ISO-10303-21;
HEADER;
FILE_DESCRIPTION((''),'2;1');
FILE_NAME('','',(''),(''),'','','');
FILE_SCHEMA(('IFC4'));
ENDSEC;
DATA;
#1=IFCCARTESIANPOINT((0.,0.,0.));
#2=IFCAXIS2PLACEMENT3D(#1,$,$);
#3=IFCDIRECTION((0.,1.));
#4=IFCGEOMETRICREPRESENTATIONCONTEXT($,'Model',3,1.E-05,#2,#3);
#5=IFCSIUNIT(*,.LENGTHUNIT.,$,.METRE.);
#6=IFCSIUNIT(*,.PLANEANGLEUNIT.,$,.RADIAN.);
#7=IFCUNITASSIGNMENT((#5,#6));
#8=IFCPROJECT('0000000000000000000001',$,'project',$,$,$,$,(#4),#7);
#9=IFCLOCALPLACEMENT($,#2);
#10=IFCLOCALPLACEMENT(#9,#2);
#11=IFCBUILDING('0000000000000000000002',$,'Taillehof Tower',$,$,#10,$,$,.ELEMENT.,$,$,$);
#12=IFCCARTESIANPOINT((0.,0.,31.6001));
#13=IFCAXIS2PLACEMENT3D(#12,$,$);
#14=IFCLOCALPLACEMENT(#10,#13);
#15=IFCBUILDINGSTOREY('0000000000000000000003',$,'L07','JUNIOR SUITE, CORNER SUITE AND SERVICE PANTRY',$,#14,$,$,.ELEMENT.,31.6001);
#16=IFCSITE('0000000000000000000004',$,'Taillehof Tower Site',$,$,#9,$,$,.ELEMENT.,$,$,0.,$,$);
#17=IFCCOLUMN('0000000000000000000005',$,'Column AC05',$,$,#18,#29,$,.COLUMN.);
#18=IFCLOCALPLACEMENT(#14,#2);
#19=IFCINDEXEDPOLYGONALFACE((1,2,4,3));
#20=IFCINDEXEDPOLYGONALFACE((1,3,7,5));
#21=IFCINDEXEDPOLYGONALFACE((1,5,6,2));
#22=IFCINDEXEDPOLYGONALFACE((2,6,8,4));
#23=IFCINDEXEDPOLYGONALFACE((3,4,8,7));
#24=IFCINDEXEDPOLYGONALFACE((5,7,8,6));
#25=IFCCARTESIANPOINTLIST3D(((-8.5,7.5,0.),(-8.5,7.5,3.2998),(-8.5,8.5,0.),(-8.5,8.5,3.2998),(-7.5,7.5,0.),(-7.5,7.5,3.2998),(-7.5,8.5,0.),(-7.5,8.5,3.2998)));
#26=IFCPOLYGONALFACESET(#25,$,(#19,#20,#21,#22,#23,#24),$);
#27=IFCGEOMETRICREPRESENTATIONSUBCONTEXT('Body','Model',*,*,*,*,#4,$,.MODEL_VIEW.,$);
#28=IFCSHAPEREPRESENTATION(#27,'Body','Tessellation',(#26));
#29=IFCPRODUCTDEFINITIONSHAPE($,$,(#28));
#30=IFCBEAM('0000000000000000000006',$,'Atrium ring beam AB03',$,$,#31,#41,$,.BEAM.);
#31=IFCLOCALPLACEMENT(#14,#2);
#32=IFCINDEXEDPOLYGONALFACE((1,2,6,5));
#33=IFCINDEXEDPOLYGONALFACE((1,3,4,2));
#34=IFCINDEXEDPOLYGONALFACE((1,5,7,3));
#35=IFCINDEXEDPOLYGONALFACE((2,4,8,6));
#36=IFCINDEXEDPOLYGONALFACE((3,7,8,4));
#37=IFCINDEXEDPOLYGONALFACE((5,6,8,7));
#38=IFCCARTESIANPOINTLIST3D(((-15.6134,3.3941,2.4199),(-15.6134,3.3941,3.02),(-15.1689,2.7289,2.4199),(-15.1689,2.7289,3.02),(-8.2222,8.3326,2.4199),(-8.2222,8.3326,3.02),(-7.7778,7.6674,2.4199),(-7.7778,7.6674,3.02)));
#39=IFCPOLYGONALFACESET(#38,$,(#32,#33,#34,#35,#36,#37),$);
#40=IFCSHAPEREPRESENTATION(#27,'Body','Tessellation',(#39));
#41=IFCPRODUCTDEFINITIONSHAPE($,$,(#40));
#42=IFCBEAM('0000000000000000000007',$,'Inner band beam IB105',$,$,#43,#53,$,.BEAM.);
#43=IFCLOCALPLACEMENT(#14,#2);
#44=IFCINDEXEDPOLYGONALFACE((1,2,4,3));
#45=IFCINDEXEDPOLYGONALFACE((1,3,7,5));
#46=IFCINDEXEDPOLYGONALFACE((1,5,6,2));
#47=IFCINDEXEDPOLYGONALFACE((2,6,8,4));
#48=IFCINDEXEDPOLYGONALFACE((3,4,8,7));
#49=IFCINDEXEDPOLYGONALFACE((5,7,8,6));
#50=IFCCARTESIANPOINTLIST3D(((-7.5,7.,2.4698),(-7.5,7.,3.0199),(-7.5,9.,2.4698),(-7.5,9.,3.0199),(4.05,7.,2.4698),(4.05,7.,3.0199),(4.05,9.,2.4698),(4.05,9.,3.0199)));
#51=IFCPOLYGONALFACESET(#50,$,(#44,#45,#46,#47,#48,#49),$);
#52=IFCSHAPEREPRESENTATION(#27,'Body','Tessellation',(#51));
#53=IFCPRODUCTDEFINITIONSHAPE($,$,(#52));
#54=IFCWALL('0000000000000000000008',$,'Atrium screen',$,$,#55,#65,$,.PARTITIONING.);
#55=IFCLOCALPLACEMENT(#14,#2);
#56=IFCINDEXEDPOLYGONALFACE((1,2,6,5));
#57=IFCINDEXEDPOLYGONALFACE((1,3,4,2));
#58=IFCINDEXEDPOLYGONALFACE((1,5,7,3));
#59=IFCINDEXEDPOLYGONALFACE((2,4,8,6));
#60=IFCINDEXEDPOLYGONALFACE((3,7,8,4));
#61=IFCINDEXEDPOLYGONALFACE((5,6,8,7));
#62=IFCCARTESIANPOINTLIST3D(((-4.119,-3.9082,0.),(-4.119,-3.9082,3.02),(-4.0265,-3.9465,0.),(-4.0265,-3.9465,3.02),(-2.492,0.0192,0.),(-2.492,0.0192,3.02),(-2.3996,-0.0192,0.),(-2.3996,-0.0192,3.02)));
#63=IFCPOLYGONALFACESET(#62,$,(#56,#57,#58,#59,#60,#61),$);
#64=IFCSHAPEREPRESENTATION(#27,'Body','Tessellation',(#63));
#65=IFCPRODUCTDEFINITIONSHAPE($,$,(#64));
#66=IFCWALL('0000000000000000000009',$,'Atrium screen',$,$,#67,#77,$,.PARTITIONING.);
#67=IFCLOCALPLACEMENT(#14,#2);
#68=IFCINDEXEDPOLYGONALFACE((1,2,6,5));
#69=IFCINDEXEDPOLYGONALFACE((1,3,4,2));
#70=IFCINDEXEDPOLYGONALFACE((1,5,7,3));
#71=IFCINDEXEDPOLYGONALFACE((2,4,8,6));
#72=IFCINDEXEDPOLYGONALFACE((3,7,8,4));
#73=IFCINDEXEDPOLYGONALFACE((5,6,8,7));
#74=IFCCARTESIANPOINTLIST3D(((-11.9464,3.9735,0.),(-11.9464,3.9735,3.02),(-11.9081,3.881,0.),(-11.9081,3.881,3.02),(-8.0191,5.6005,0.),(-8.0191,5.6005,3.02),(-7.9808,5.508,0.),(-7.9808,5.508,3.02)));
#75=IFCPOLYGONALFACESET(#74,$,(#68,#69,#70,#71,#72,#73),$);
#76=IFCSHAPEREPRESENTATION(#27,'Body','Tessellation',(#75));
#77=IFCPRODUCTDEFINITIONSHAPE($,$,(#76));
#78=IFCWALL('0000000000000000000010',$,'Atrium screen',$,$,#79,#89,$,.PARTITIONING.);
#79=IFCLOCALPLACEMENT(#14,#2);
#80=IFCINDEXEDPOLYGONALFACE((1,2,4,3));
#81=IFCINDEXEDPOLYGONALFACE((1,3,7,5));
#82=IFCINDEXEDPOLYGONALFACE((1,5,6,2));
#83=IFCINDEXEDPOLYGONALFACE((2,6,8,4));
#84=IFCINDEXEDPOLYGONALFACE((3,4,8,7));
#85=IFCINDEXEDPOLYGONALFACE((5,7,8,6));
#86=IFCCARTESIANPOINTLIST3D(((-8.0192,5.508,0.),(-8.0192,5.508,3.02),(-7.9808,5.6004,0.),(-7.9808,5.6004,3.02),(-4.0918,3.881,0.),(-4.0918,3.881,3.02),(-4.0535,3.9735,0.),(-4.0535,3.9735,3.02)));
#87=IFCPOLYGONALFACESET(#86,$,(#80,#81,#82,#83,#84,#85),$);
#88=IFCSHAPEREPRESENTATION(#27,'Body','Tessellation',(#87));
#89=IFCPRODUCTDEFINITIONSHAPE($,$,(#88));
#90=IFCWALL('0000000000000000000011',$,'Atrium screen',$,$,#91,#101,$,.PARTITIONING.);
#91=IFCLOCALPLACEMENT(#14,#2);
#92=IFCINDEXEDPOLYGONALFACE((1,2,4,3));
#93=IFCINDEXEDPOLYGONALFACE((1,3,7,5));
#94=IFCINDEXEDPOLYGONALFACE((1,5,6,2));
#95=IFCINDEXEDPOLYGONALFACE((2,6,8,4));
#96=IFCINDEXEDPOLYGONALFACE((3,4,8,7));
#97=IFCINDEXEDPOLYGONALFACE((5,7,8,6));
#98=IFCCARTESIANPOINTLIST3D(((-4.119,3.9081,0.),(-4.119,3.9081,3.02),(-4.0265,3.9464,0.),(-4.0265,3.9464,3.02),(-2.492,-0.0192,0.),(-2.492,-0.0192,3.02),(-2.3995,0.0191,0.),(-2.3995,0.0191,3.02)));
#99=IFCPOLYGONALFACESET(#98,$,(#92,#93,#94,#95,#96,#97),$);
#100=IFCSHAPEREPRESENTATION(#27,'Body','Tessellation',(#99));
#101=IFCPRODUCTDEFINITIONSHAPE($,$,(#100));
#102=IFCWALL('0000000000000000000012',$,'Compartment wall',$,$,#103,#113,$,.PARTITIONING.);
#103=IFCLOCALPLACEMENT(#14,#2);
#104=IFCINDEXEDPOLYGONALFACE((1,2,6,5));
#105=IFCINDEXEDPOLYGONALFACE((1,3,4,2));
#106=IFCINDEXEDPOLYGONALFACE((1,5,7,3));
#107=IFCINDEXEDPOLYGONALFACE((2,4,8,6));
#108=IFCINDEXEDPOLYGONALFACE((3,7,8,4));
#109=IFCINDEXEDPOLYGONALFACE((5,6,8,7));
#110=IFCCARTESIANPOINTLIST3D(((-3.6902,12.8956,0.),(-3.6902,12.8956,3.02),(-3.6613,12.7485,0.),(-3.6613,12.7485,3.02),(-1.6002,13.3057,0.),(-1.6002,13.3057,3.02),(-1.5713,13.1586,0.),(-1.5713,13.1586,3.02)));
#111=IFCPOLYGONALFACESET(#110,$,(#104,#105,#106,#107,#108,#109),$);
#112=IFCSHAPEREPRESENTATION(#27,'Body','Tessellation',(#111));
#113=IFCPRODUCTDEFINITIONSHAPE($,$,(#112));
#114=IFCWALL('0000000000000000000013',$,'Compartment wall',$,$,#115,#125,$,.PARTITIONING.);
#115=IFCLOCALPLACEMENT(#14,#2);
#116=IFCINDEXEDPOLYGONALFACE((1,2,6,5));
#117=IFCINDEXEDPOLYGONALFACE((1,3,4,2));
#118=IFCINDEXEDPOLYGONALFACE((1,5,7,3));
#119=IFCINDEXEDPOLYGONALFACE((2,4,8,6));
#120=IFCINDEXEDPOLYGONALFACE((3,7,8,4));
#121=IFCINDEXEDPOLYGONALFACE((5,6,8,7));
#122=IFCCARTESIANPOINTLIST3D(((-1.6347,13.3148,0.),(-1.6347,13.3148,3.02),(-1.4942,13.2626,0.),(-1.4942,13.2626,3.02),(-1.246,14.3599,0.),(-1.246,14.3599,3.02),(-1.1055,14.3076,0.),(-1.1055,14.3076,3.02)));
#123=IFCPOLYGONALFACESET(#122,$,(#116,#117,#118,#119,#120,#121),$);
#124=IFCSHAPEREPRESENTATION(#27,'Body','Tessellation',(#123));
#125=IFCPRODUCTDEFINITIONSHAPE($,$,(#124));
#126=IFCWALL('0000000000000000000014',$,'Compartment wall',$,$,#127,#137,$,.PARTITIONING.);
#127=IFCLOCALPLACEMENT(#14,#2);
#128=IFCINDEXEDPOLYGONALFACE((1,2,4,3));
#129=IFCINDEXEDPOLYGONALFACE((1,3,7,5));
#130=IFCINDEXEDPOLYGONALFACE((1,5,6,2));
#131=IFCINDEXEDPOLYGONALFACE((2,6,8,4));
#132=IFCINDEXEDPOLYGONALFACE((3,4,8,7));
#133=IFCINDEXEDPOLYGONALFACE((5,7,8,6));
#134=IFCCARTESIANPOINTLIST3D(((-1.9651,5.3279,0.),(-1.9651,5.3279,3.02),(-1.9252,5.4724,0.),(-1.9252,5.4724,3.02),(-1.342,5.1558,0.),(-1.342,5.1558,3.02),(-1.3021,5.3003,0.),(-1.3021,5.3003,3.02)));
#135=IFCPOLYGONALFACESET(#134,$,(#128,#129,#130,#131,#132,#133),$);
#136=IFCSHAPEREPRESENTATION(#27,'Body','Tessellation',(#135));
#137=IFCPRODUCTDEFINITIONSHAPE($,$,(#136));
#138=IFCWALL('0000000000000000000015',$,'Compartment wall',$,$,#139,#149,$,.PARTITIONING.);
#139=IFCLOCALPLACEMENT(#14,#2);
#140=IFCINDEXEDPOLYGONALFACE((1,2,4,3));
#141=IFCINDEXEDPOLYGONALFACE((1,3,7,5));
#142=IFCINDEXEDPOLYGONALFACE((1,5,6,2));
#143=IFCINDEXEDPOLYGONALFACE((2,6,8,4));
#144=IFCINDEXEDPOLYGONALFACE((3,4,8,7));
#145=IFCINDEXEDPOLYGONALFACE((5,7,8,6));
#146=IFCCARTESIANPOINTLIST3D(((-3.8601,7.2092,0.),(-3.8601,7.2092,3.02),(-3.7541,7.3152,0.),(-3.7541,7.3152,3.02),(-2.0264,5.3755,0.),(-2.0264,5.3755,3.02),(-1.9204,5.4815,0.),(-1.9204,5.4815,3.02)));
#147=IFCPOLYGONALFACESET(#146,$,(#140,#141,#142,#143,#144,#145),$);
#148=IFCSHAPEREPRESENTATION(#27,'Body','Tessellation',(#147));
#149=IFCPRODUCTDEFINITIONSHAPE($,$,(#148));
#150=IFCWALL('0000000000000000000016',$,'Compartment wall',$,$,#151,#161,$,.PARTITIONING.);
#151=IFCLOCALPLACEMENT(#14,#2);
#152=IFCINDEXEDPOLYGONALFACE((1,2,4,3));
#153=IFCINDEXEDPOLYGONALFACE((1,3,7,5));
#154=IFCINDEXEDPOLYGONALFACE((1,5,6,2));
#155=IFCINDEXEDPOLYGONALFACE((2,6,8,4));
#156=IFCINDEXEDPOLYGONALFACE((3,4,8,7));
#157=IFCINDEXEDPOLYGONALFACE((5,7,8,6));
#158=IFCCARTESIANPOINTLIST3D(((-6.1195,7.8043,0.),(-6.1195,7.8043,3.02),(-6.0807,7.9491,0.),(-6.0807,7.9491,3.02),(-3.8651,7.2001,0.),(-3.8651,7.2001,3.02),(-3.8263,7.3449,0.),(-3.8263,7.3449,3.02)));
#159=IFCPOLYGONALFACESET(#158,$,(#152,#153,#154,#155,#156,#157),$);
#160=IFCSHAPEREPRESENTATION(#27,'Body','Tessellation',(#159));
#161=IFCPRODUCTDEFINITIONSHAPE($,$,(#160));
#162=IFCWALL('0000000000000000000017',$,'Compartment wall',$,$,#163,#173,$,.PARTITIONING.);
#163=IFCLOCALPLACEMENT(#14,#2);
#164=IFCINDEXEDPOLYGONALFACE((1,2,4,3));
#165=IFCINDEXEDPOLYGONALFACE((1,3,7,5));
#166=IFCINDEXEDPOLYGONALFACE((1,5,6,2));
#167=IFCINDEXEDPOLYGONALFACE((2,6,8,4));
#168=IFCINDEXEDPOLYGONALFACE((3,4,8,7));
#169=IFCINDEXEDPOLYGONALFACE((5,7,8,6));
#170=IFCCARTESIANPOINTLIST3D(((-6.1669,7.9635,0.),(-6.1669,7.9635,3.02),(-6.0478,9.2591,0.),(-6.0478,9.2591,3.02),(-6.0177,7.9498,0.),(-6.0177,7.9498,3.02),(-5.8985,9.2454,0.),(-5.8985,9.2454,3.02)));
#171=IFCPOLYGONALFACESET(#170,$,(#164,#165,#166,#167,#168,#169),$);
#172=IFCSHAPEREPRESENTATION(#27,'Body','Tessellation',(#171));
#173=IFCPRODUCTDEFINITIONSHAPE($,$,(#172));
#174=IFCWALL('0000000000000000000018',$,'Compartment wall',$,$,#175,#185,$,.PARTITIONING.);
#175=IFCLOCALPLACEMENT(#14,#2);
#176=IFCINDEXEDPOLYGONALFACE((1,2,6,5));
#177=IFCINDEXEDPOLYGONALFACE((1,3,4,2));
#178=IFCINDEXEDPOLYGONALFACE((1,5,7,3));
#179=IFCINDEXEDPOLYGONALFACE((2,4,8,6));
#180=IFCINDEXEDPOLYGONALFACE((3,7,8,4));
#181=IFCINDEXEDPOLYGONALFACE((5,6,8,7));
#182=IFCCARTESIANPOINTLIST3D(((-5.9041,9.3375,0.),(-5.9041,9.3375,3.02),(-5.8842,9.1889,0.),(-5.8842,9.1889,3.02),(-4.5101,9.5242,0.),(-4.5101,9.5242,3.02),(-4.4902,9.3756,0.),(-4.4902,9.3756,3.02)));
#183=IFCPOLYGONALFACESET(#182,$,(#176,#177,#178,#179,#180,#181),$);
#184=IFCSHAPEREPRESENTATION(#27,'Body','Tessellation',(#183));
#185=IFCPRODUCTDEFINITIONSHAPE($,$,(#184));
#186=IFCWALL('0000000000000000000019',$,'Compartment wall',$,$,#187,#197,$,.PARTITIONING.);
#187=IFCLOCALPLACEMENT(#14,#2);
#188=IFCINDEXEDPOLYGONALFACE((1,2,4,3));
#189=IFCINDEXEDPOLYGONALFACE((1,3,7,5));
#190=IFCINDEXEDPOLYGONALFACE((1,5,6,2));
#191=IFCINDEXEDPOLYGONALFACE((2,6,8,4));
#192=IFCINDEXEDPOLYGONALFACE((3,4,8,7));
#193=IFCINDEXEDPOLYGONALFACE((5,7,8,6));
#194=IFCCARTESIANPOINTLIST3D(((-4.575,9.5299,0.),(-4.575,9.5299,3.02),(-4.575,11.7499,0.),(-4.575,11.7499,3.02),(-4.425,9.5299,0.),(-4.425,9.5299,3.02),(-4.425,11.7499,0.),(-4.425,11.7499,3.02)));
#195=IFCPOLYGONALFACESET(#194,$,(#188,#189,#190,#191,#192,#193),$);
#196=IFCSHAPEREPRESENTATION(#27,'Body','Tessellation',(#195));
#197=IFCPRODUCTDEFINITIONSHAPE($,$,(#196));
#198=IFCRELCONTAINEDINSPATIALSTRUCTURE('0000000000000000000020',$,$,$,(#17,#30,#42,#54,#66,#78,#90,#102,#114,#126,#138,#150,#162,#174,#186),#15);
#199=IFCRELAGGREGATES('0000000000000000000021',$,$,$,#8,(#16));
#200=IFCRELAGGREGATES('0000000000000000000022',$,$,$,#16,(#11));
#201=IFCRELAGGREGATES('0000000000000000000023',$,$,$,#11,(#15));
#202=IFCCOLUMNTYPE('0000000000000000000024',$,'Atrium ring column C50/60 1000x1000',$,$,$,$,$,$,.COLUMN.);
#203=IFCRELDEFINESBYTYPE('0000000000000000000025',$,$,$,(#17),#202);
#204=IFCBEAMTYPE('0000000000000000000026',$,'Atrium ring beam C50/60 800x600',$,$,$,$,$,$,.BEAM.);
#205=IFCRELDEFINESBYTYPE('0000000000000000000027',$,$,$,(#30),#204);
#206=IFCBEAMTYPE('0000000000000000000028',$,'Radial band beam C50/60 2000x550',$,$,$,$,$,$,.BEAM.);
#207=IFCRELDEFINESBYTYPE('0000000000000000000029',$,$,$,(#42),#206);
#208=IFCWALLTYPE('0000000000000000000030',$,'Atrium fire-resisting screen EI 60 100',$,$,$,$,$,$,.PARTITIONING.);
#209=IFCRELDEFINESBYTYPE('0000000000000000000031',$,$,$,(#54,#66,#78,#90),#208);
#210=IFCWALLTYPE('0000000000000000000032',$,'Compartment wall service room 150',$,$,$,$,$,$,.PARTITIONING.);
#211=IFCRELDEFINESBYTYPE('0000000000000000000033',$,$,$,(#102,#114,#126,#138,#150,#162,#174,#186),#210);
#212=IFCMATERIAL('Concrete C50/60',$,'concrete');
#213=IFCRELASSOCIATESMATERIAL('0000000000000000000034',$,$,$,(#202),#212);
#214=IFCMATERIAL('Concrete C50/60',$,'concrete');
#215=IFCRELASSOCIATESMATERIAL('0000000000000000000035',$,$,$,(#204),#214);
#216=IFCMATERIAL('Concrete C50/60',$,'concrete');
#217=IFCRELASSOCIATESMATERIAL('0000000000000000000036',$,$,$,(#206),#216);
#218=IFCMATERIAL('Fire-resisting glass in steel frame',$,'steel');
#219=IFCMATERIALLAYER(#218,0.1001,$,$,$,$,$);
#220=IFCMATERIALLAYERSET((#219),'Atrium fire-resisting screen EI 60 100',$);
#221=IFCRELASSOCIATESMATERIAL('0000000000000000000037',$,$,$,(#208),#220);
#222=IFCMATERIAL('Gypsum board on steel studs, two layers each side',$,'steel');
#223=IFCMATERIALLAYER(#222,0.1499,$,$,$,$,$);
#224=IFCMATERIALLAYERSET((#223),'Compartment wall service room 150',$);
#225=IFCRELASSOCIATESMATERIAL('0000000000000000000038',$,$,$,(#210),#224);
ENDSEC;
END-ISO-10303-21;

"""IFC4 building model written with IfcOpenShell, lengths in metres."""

from ifc_helpers import new_model, si_unit, direction, frame, frame_2d, origin, origin_2d, place, context, subcontext, project, spatial, rectangle, extrude, material, layer, layer_set, material_profile, profile_set, type_object, element, save


model = new_model("IFC4")

# Units and contexts
model_context = context("Model", 3, precision=1e-05, world=origin(), true_north=direction((0.0, 1.0)))
body_context = subcontext(model_context, "Body", "Model", "MODEL_VIEW")
ifc_project = project(units=[si_unit("LENGTHUNIT", "METRE"), si_unit("PLANEANGLEUNIT", "RADIAN")], contexts=[model_context])

# Site, building, storey
site_placement = place(None, origin())
site = spatial("IfcSite", under=ifc_project, at=site_placement, Name="Taillehof Tower Site", CompositionType="ELEMENT", RefElevation=0.0)
building_placement = place(site_placement, origin())
building = spatial("IfcBuilding", under=site, at=building_placement, Name="Taillehof Tower", CompositionType="ELEMENT")
storey_placement = place(building_placement, frame((0.0, 0.0, 31.6001)))
storey = spatial("IfcBuildingStorey", under=building, at=storey_placement, Name="L07", Description="JUNIOR SUITE, CORNER SUITE AND SERVICE PANTRY", CompositionType="ELEMENT", Elevation=31.6001)

# Column
ifc_material_1 = material(Name="Concrete C50/60", Category="concrete")
ifc_material_profile_1 = material_profile(ifc_material_1, rectangle(XDim=1.0, YDim=1.0, at=origin_2d()), Name="RC 1000x1000")
ifc_profile_set_1 = profile_set([ifc_material_profile_1], Name="Concrete C50/60")
column_type = type_object("IfcColumnType", Name="Atrium ring column C50/60 1000x1000", PredefinedType="COLUMN", material=ifc_profile_set_1)
column_placement = place(storey_placement, frame((-8.0, 8.0, 0.0), z_axis=(0.0, 0.0, 1.0), x_axis=(1.0, 0.0, 0.0)))
element("IfcColumn", 1, at=column_placement, inside=storey, type_object=column_type, Name="Column AC05", PredefinedType="COLUMN", context=body_context, shape_type="SweptSolid", body=[
    extrude(rectangle(XDim=1.0, YDim=1.0, at=origin_2d()), origin(), (0.0, 0.0, 1.0), 3.2998),
])

# Beams
ifc_material_2 = material(Name="Concrete C50/60", Category="concrete")
ifc_material_profile_2 = material_profile(ifc_material_2, rectangle(XDim=0.8, YDim=0.6001, at=origin_2d()), Name="RC 800x600")
ifc_profile_set_2 = profile_set([ifc_material_profile_2], Name="Concrete C50/60")
beam_type_1 = type_object("IfcBeamType", Name="Atrium ring beam C50/60 800x600", PredefinedType="BEAM", material=ifc_profile_set_2)
beam_1_placement = place(storey_placement, frame((-8.0, 8.0, 2.72), z_axis=(-0.831475, -0.555562, 0.0), x_axis=(0.555562, -0.831475, 0.0)))
element("IfcBeam", 2, at=beam_1_placement, inside=storey, type_object=beam_type_1, Name="Atrium ring beam AB03", PredefinedType="BEAM", context=body_context, shape_type="SweptSolid", body=[
    extrude(rectangle(XDim=0.8, YDim=0.6001, at=origin_2d()), origin(), (0.0, 0.0, 1.0), 8.8892),
])
ifc_material_3 = material(Name="Concrete C50/60", Category="concrete")
ifc_material_profile_3 = material_profile(ifc_material_3, rectangle(XDim=2.0, YDim=0.55, at=origin_2d()), Name="RC 2000x550")
ifc_profile_set_3 = profile_set([ifc_material_profile_3], Name="Concrete C50/60")
beam_type_2 = type_object("IfcBeamType", Name="Radial band beam C50/60 2000x550", PredefinedType="BEAM", material=ifc_profile_set_3)
beam_2_placement = place(storey_placement, frame((-7.5, 8.0, 2.7449), z_axis=(1.0, 0.0, 0.0), x_axis=(0.0, 1.0, 0.0)))
element("IfcBeam", 3, at=beam_2_placement, inside=storey, type_object=beam_type_2, Name="Inner band beam IB105", PredefinedType="BEAM", context=body_context, shape_type="SweptSolid", body=[
    extrude(rectangle(XDim=2.0, YDim=0.55, at=origin_2d()), origin(), (0.0, 0.0, 1.0), 11.55),
])

# Walls
ifc_material_4 = material(Name="Fire-resisting glass in steel frame", Category="steel")
ifc_layer_1 = layer(ifc_material_4, 0.1001)
ifc_layer_set_1 = layer_set([ifc_layer_1], Name="Atrium fire-resisting screen EI 60 100")
wall_type_1 = type_object("IfcWallType", Name="Atrium fire-resisting screen EI 60 100", PredefinedType="PARTITIONING", material=ifc_layer_set_1)
for number, where, z_axis, x_axis, name in (
    (4, (-2.4458, 0.0, 0.0), (0.0, 0.0, 1.0), (-0.382731, -0.92386, 0.0), "Atrium screen"),
    (5, (-11.9272, 3.9272, 0.0), (0.0, 0.0, 1.0), (0.92386, 0.382731, 0.0), "Atrium screen"),
    (6, (-8.0, 5.5542, 0.0), (0.0, 0.0, 1.0), (0.92386, -0.382731, 0.0), "Atrium screen"),
    (7, (-4.0728, 3.9272, 0.0), (0.0, 0.0, 1.0), (0.382731, -0.92386, 0.0), "Atrium screen"),
):
    element("IfcWall", number, at=place(storey_placement, frame(where, z_axis=z_axis, x_axis=x_axis)), inside=storey, type_object=wall_type_1, Name=name, PredefinedType="PARTITIONING", context=body_context, shape_type="SweptSolid", body=[
        extrude(rectangle(XDim=4.251, YDim=0.1001, at=frame_2d((2.1255, 0.0))), origin(), (0.0, 0.0, 1.0), 3.02),
    ])
ifc_material_5 = material(Name="Gypsum board on steel studs, two layers each side", Category="steel")
ifc_layer_2 = layer(ifc_material_5, 0.1499)
ifc_layer_set_2 = layer_set([ifc_layer_2], Name="Compartment wall service room 150")
wall_type_2 = type_object("IfcWallType", Name="Compartment wall service room 150", PredefinedType="PARTITIONING", material=ifc_layer_set_2)
wall_1_placement = place(storey_placement, frame((-3.6758, 12.822, 0.0), z_axis=(0.0, 0.0, 1.0), x_axis=(0.981284, 0.192566, 0.0)))
element("IfcWall", 8, at=wall_1_placement, inside=storey, type_object=wall_type_2, Name="Compartment wall", PredefinedType="PARTITIONING", context=body_context, shape_type="SweptSolid", body=[
    extrude(rectangle(XDim=2.1299, YDim=0.1499, at=frame_2d((1.0649, 0.0))), origin(), (0.0, 0.0, 1.0), 3.02),
])
wall_2_placement = place(storey_placement, frame((-1.5645, 13.2886, 0.0), z_axis=(0.0, 0.0, 1.0), x_axis=(0.348555, 0.937288, 0.0)))
element("IfcWall", 9, at=wall_2_placement, inside=storey, type_object=wall_type_2, Name="Compartment wall", PredefinedType="PARTITIONING", context=body_context, shape_type="SweptSolid", body=[
    extrude(rectangle(XDim=1.115, YDim=0.1499, at=frame_2d((0.5576, 0.0))), origin(), (0.0, 0.0, 1.0), 3.02),
])
wall_3_placement = place(storey_placement, frame((-1.322, 5.228, 0.0), z_axis=(0.0, 0.0, 1.0), x_axis=(-0.963896, 0.26628, 0.0)))
element("IfcWall", 10, at=wall_3_placement, inside=storey, type_object=wall_type_2, Name="Compartment wall", PredefinedType="PARTITIONING", context=body_context, shape_type="SweptSolid", body=[
    extrude(rectangle(XDim=0.6465, YDim=0.1499, at=frame_2d((0.3232, 0.0))), origin(), (0.0, 0.0, 1.0), 3.02),
])
wall_4_placement = place(storey_placement, frame((-1.9734, 5.4285, 0.0), z_axis=(0.0, 0.0, 1.0), x_axis=(-0.707107, 0.707107, 0.0)))
element("IfcWall", 11, at=wall_4_placement, inside=storey, type_object=wall_type_2, Name="Compartment wall", PredefinedType="PARTITIONING", context=body_context, shape_type="SweptSolid", body=[
    extrude(rectangle(XDim=2.5933, YDim=0.1499, at=frame_2d((1.2966, 0.0))), origin(), (0.0, 0.0, 1.0), 3.02),
])
wall_5_placement = place(storey_placement, frame((-3.8457, 7.2725, 0.0), z_axis=(0.0, 0.0, 1.0), x_axis=(-0.965906, 0.258893, 0.0)))
element("IfcWall", 12, at=wall_5_placement, inside=storey, type_object=wall_type_2, Name="Compartment wall", PredefinedType="PARTITIONING", context=body_context, shape_type="SweptSolid", body=[
    extrude(rectangle(XDim=2.334, YDim=0.1499, at=frame_2d((1.167, 0.0))), origin(), (0.0, 0.0, 1.0), 3.02),
])
wall_6_placement = place(storey_placement, frame((-6.0923, 7.9568, 0.0), z_axis=(0.0, 0.0, 1.0), x_axis=(0.091568, 0.995799, 0.0)))
element("IfcWall", 13, at=wall_6_placement, inside=storey, type_object=wall_type_2, Name="Compartment wall", PredefinedType="PARTITIONING", context=body_context, shape_type="SweptSolid", body=[
    extrude(rectangle(XDim=1.301, YDim=0.1499, at=frame_2d((0.6504, 0.0))), origin(), (0.0, 0.0, 1.0), 3.02),
])
wall_7_placement = place(storey_placement, frame((-5.894, 9.2632, 0.0), z_axis=(0.0, 0.0, 1.0), x_axis=(0.991144, 0.132789, 0.0)))
element("IfcWall", 14, at=wall_7_placement, inside=storey, type_object=wall_type_2, Name="Compartment wall", PredefinedType="PARTITIONING", context=body_context, shape_type="SweptSolid", body=[
    extrude(rectangle(XDim=1.4065, YDim=0.1499, at=frame_2d((0.7031, 0.0))), origin(), (0.0, 0.0, 1.0), 3.02),
])
wall_8_placement = place(storey_placement, frame((-4.5, 9.53, 0.0), z_axis=(0.0, 0.0, 1.0), x_axis=(0.0, 1.0, 0.0)))
element("IfcWall", 15, at=wall_8_placement, inside=storey, type_object=wall_type_2, Name="Compartment wall", PredefinedType="PARTITIONING", context=body_context, shape_type="SweptSolid", body=[
    extrude(rectangle(XDim=2.22, YDim=0.1499, at=frame_2d((1.1099, 0.0))), origin(), (0.0, 0.0, 1.0), 3.02),
])

save(model, "model.ifc")
